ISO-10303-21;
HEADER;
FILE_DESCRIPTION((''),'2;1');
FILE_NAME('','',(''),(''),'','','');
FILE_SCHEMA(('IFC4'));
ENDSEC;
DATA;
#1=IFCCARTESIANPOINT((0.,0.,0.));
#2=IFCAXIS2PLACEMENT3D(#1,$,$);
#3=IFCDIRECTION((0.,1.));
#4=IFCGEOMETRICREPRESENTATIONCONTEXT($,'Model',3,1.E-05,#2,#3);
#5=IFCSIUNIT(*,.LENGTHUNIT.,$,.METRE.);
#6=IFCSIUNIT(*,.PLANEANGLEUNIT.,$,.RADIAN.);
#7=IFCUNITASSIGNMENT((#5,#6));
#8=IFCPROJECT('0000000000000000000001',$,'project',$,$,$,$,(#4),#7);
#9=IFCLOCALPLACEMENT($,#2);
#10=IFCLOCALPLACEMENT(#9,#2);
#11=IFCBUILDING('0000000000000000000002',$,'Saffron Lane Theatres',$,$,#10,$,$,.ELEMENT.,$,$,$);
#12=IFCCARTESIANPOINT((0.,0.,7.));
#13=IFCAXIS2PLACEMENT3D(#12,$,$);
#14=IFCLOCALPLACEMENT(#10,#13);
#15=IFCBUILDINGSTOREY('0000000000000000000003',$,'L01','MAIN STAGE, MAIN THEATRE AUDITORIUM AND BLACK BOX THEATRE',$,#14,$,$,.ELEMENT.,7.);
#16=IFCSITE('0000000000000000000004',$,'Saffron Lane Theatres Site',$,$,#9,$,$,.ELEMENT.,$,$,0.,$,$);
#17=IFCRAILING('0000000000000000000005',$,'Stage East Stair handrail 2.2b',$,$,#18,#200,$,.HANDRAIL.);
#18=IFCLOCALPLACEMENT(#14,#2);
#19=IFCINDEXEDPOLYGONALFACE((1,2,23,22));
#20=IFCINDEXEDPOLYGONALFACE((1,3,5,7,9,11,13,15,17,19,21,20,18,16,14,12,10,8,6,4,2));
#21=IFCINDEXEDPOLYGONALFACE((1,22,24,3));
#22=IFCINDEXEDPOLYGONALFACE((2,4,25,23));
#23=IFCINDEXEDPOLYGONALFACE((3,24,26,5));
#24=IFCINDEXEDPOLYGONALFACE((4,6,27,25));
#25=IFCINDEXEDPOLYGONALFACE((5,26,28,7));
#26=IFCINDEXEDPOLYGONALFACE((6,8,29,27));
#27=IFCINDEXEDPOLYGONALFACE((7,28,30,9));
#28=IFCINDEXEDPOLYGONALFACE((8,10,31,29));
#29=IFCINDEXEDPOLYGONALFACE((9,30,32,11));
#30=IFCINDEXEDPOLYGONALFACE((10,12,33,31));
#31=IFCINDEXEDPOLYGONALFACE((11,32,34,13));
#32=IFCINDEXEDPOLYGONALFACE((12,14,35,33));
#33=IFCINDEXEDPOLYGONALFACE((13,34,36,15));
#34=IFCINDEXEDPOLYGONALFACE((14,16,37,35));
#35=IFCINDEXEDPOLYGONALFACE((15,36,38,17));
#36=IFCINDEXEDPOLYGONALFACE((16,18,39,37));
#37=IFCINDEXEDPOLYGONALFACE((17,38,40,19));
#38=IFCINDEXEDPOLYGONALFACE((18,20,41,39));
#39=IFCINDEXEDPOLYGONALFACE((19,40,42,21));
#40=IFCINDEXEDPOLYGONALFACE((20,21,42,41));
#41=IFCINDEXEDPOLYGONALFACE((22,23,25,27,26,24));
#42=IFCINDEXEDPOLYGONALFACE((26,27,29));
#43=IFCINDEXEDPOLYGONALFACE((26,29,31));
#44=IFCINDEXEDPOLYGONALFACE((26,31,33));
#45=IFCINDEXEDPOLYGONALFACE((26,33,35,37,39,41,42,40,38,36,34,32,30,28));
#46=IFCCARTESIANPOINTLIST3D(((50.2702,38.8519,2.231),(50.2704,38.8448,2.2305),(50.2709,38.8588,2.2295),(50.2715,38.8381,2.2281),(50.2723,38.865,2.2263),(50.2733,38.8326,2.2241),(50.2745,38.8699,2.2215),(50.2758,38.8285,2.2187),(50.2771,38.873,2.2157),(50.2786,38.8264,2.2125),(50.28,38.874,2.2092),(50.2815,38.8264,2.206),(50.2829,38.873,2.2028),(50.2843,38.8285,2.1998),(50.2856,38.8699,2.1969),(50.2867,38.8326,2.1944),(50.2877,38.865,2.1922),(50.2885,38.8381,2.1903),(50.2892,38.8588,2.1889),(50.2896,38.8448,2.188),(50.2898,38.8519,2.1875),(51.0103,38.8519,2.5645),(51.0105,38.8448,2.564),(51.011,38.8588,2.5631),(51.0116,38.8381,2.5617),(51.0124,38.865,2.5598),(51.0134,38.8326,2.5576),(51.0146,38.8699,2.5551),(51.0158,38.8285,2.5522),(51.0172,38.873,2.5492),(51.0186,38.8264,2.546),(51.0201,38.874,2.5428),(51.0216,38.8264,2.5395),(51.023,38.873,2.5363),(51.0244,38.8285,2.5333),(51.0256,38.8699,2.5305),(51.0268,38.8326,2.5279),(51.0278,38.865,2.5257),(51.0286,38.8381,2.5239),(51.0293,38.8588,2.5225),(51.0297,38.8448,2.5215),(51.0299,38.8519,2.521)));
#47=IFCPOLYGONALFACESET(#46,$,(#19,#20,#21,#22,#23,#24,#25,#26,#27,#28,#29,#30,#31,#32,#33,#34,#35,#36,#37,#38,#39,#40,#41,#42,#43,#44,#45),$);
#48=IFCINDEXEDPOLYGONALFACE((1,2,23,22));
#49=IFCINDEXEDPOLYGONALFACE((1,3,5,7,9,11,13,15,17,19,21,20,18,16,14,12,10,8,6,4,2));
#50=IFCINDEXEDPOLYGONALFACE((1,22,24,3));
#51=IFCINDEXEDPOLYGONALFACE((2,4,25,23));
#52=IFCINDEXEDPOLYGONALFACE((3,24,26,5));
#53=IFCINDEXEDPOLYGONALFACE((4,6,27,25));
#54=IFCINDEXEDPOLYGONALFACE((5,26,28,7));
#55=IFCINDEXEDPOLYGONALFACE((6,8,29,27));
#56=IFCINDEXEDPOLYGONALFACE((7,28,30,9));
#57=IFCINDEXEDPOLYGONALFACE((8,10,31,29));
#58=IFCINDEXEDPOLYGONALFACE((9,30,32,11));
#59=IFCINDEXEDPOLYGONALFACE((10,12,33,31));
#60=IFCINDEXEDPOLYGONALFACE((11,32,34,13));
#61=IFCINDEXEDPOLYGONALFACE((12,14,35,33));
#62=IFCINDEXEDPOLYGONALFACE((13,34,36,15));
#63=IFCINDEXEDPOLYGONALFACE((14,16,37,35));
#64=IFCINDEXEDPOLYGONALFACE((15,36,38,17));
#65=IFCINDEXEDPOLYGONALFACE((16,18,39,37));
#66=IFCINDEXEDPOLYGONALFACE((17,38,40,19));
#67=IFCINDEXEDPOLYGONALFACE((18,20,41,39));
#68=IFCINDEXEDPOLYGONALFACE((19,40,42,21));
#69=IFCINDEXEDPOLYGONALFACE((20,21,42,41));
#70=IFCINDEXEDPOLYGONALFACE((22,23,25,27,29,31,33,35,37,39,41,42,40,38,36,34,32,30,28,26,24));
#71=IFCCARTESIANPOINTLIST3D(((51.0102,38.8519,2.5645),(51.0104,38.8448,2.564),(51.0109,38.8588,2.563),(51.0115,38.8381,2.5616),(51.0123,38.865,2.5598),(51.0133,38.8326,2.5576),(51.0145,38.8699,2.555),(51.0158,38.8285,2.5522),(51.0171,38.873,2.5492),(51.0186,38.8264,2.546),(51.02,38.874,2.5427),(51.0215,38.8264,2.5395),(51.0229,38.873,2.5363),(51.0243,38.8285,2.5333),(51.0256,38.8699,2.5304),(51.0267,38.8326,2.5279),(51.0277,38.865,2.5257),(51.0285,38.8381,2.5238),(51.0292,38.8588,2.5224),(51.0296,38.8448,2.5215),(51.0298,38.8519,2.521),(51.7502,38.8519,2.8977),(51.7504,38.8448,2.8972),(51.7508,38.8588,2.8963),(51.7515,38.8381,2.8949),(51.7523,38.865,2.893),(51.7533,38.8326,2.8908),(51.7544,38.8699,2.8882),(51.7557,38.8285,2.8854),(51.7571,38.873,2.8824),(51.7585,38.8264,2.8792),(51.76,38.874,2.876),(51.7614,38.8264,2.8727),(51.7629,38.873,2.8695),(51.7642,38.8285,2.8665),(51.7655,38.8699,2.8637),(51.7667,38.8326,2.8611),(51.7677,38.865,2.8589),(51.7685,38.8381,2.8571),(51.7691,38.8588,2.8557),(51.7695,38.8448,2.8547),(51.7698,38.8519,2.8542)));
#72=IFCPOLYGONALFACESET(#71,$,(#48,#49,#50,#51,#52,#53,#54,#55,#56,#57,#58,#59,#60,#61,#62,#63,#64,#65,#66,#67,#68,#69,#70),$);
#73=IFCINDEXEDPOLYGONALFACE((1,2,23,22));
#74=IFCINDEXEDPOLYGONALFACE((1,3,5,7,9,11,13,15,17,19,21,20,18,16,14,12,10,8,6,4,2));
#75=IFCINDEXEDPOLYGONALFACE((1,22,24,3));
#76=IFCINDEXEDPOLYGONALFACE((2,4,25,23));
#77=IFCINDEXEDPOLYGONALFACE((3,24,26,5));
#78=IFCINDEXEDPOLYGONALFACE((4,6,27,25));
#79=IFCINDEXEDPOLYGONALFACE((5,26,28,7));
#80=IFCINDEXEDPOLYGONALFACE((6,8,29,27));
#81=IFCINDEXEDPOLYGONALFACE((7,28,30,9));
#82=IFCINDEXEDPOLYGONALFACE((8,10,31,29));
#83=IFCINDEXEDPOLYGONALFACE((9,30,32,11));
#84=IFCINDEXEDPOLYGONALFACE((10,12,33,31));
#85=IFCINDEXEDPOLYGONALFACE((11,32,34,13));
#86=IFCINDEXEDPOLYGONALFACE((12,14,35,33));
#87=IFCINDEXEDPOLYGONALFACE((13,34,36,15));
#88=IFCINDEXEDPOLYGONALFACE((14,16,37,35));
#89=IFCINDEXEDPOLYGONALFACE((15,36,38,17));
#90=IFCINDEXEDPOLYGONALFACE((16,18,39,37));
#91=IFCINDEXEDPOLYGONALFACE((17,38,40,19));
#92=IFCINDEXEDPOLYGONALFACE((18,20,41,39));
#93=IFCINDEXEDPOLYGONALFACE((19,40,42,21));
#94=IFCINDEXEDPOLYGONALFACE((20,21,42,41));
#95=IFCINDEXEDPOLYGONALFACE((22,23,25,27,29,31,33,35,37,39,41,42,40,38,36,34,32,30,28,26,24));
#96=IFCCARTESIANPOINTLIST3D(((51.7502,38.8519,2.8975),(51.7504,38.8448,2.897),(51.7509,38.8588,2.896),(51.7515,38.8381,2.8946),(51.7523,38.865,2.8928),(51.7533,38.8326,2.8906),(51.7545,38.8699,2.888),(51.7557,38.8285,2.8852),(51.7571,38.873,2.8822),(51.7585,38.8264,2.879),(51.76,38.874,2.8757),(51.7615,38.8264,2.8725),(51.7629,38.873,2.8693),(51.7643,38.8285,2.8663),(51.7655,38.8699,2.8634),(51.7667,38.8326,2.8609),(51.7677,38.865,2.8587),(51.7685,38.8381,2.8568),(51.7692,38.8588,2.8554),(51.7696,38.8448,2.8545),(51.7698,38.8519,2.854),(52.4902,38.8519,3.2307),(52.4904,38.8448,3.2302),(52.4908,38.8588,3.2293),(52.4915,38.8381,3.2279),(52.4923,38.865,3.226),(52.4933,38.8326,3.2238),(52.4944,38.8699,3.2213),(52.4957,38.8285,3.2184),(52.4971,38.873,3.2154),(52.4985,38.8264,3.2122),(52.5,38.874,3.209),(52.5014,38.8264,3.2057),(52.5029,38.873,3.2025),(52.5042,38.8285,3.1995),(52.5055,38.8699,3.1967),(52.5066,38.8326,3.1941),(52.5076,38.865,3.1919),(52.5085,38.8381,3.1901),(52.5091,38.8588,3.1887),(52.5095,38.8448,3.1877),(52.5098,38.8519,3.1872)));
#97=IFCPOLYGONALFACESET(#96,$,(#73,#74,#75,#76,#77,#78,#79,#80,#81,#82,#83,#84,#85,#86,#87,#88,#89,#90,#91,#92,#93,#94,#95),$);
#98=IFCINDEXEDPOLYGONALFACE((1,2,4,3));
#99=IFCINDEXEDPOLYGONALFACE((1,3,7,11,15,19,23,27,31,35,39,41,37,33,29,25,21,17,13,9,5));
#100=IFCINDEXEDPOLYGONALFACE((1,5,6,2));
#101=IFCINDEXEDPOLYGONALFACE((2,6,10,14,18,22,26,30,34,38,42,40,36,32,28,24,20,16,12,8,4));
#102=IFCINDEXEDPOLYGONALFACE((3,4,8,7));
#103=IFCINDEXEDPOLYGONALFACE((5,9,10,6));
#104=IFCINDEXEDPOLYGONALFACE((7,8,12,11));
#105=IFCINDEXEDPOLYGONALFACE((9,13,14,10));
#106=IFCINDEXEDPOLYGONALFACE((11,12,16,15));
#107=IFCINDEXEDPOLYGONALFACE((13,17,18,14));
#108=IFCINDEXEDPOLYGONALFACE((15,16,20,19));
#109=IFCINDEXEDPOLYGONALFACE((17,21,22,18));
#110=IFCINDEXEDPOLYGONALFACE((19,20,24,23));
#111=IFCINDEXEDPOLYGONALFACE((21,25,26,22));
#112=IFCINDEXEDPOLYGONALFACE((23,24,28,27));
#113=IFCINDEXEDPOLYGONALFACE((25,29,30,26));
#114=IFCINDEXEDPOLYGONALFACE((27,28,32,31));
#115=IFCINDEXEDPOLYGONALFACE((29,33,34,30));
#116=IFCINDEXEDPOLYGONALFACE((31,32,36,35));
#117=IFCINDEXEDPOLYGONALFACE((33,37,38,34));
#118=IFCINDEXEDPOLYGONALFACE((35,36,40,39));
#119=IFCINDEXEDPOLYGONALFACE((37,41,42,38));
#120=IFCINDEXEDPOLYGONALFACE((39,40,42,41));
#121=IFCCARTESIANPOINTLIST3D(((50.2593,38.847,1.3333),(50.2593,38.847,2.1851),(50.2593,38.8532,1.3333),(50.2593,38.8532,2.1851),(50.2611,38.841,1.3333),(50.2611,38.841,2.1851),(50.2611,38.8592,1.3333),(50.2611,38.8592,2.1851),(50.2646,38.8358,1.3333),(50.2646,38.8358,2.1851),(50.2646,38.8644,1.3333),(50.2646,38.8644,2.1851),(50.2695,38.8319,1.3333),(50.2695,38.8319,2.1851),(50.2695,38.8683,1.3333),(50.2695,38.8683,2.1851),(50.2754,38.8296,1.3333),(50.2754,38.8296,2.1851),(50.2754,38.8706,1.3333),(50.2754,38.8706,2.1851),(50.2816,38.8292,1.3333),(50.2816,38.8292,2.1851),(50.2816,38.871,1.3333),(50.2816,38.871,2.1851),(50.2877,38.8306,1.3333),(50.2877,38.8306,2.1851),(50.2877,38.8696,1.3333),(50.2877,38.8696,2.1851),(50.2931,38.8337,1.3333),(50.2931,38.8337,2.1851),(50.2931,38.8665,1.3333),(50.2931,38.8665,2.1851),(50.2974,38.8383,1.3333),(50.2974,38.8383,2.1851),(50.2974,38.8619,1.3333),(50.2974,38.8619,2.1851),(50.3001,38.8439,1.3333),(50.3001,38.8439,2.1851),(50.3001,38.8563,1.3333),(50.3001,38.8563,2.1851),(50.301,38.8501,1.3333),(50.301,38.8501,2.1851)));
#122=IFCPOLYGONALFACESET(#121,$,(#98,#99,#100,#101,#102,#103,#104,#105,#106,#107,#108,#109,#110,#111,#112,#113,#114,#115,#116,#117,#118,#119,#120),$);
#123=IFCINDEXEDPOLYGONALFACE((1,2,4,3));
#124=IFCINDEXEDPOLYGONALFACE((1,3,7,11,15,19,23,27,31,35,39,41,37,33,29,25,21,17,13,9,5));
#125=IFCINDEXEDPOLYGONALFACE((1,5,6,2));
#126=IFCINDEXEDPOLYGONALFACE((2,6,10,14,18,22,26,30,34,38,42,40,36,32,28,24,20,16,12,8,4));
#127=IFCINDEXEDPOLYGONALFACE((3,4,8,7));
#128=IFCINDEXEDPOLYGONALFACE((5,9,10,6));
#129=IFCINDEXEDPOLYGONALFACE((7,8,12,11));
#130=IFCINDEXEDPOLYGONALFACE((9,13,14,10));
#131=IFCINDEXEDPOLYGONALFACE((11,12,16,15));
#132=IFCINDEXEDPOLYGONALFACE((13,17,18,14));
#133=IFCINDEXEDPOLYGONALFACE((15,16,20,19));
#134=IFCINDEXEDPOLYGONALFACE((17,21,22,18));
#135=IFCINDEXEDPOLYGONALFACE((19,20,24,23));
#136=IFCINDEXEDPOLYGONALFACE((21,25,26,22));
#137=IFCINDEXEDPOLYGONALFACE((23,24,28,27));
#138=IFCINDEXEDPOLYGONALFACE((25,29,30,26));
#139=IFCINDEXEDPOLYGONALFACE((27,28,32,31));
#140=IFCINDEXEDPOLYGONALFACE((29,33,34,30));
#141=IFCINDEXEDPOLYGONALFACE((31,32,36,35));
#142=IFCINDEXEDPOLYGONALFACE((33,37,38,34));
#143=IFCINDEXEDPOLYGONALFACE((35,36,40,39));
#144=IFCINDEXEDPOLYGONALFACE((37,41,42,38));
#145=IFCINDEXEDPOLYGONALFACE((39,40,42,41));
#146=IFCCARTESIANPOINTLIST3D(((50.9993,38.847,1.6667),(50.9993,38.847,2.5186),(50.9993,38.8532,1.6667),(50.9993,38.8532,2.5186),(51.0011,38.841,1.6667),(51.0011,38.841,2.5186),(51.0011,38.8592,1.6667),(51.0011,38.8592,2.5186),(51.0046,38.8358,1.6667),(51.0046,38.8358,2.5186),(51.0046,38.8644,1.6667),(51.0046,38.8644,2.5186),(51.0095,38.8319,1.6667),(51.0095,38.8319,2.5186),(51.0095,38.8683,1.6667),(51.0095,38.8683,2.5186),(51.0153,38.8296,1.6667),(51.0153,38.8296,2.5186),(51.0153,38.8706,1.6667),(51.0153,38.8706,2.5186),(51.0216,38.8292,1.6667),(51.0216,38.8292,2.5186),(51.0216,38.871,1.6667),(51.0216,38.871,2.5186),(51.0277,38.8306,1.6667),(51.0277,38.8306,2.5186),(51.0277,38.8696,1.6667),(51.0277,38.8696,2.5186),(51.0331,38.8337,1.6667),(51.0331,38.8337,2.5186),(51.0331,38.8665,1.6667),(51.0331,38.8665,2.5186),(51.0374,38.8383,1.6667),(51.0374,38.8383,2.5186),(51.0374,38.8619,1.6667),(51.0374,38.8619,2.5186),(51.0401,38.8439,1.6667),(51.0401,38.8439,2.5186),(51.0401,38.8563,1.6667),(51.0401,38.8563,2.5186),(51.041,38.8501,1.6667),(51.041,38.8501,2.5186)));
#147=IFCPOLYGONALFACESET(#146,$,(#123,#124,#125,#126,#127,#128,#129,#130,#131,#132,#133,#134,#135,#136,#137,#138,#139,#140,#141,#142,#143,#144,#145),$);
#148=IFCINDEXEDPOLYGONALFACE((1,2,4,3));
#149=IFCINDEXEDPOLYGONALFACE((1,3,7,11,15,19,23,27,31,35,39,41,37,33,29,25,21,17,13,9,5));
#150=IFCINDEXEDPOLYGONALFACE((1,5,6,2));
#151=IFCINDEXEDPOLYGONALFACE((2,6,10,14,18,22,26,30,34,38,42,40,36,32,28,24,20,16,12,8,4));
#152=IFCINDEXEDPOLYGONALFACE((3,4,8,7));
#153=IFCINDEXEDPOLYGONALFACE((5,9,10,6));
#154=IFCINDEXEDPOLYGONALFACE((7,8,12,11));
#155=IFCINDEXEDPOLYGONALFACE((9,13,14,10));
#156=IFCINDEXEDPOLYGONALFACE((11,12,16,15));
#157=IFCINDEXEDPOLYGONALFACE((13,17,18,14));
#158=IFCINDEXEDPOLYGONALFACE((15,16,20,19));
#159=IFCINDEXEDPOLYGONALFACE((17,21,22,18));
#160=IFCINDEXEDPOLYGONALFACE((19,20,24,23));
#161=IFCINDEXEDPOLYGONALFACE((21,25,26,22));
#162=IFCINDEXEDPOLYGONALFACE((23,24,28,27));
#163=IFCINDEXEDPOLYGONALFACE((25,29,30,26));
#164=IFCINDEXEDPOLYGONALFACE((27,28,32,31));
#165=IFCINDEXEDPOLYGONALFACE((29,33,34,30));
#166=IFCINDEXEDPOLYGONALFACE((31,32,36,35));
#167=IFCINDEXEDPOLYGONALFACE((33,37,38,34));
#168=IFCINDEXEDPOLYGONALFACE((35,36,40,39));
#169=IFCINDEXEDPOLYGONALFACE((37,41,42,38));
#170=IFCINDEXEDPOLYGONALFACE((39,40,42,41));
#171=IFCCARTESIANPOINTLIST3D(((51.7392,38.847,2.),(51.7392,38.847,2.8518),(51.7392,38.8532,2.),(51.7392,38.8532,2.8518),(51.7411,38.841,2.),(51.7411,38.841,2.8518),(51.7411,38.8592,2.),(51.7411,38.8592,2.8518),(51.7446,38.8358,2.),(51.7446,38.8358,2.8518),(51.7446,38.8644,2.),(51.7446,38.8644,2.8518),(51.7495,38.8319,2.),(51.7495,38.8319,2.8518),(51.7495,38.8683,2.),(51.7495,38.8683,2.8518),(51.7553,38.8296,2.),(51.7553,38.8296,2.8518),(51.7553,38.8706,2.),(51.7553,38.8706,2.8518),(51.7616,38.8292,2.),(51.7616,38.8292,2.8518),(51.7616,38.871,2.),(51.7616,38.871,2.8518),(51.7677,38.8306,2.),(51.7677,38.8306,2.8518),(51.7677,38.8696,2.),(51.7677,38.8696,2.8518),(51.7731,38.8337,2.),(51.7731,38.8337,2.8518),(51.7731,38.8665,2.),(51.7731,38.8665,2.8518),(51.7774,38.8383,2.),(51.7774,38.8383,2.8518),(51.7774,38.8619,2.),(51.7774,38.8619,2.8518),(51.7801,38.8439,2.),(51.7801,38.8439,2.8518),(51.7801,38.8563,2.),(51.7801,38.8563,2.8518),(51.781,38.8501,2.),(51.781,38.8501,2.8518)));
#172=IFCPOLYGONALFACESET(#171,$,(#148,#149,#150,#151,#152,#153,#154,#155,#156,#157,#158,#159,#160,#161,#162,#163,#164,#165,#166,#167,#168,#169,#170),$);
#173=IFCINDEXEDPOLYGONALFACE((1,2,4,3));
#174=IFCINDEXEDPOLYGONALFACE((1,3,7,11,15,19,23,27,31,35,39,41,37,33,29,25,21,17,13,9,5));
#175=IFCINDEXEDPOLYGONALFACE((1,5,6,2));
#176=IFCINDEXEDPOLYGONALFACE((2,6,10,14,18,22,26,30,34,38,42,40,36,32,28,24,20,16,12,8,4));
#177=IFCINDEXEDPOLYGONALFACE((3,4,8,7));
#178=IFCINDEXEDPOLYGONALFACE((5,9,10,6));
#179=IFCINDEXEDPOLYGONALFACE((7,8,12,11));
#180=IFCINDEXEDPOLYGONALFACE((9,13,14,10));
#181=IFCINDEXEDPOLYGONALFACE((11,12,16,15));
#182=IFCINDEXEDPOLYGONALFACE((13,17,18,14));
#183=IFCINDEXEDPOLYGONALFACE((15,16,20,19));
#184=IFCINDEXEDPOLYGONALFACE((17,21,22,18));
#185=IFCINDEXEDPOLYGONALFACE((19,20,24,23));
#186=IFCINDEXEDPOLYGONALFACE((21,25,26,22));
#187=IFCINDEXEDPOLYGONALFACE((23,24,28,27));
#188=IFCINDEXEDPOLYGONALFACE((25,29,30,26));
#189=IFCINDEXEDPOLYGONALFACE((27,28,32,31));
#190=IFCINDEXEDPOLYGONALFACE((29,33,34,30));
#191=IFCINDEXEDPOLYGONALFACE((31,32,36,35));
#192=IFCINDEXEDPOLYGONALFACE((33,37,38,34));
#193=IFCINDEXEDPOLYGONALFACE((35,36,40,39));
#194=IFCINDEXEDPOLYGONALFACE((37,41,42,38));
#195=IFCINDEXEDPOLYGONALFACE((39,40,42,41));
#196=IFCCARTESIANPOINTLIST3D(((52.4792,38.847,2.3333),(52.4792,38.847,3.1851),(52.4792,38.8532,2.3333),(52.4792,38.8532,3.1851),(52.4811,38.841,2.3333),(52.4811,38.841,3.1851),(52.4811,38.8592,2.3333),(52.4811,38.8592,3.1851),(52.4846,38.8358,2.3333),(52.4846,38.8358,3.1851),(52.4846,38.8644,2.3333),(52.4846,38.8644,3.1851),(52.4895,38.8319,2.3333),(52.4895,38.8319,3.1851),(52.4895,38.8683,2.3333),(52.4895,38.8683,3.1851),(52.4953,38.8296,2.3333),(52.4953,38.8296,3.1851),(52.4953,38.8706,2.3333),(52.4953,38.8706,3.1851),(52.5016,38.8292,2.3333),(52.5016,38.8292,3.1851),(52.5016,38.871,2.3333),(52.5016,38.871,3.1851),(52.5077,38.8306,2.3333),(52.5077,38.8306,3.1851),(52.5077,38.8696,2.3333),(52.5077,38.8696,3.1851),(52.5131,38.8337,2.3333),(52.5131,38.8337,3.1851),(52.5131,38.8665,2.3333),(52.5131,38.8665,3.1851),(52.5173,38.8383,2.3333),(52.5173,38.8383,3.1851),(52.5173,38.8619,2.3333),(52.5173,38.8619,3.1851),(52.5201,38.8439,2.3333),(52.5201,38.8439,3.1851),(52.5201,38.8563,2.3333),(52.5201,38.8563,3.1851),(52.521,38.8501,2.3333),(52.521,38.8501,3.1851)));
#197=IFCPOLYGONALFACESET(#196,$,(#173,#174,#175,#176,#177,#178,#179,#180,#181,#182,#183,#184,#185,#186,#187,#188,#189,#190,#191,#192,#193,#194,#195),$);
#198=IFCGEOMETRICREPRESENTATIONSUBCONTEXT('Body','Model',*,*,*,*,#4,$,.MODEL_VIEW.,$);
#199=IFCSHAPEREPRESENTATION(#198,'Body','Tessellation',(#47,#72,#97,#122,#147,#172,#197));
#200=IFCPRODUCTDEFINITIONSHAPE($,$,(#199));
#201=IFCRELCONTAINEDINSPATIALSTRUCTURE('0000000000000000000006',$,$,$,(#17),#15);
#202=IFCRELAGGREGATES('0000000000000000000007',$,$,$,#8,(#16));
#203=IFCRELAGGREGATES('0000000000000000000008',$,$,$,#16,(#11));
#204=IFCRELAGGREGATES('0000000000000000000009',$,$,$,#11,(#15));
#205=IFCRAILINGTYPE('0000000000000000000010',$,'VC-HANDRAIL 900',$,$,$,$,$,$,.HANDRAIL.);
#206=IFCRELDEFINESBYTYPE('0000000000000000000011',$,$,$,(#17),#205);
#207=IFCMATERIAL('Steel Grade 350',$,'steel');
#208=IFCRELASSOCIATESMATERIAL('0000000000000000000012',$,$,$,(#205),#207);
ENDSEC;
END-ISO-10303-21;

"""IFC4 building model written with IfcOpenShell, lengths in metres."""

from ifc_helpers import new_model, si_unit, direction, frame, origin, origin_2d, place, context, subcontext, project, spatial, circle, extrude, material, type_object, element, save


model = new_model("IFC4")

# Units and contexts
model_context = context("Model", 3, precision=1e-05, world=origin(), true_north=direction((0.0, 1.0)))
body_context = subcontext(model_context, "Body", "Model", "MODEL_VIEW")
ifc_project = project(units=[si_unit("LENGTHUNIT", "METRE"), si_unit("PLANEANGLEUNIT", "RADIAN")], contexts=[model_context])

# Site, building, storey
site_placement = place(None, origin())
site = spatial("IfcSite", under=ifc_project, at=site_placement, Name="Saffron Lane Theatres Site", CompositionType="ELEMENT", RefElevation=0.0)
building_placement = place(site_placement, origin())
building = spatial("IfcBuilding", under=site, at=building_placement, Name="Saffron Lane Theatres", CompositionType="ELEMENT")
storey_placement = place(building_placement, frame((0.0, 0.0, 7.0)))
storey = spatial("IfcBuildingStorey", under=building, at=storey_placement, Name="L01", Description="MAIN STAGE, MAIN THEATRE AUDITORIUM AND BLACK BOX THEATRE", CompositionType="ELEMENT", Elevation=7.0)

# Railing
ifc_material_1 = material(Name="Steel Grade 350", Category="steel")
railing_type_1 = type_object("IfcRailingType", Name="VC-HANDRAIL 900", PredefinedType="HANDRAIL", material=ifc_material_1)
for number, where, name in (
    (1, (50.28, 38.8501, 1.3333), "Stage East Stair handrail 2.2b"),
):
    element("IfcRailing", number, at=place(storey_placement, frame(where)), inside=storey, type_object=railing_type_1, Name=name, PredefinedType="HANDRAIL", context=body_context, shape_type="SweptSolid", body=[
        extrude(circle(Radius=0.0239, at=origin_2d()), frame((0.0, 0.0, 0.876), z_axis=(0.911691, 0.0, 0.410877), x_axis=(0.0, 1.0, 0.0)), (0.0, 0.0, 1.0), 0.8118),
        extrude(circle(Radius=0.0239, at=origin_2d()), frame((0.74, 0.0, 1.2095), z_axis=(0.911803, 0.0, 0.410627), x_axis=(0.0, 1.0, 0.0)), (0.0, 0.0, 1.0), 0.8115),
        extrude(circle(Radius=0.0239, at=origin_2d()), frame((1.48, 0.0, 1.5425), z_axis=(0.911803, 0.0, 0.410627), x_axis=(0.0, 1.0, 0.0)), (0.0, 0.0, 1.0), 0.8115),
        extrude(circle(Radius=0.021, at=origin_2d()), origin(), (0.0, 0.0, 1.0), 0.8518),
        extrude(circle(Radius=0.021, at=origin_2d()), frame((0.74, 0.0, 0.3335)), (0.0, 0.0, 1.0), 0.8518),
        extrude(circle(Radius=0.021, at=origin_2d()), frame((1.48, 0.0, 0.6667)), (0.0, 0.0, 1.0), 0.8518),
        extrude(circle(Radius=0.021, at=origin_2d()), frame((2.22, 0.0, 1.0)), (0.0, 0.0, 1.0), 0.8518),
    ])

save(model, "model.ifc")
